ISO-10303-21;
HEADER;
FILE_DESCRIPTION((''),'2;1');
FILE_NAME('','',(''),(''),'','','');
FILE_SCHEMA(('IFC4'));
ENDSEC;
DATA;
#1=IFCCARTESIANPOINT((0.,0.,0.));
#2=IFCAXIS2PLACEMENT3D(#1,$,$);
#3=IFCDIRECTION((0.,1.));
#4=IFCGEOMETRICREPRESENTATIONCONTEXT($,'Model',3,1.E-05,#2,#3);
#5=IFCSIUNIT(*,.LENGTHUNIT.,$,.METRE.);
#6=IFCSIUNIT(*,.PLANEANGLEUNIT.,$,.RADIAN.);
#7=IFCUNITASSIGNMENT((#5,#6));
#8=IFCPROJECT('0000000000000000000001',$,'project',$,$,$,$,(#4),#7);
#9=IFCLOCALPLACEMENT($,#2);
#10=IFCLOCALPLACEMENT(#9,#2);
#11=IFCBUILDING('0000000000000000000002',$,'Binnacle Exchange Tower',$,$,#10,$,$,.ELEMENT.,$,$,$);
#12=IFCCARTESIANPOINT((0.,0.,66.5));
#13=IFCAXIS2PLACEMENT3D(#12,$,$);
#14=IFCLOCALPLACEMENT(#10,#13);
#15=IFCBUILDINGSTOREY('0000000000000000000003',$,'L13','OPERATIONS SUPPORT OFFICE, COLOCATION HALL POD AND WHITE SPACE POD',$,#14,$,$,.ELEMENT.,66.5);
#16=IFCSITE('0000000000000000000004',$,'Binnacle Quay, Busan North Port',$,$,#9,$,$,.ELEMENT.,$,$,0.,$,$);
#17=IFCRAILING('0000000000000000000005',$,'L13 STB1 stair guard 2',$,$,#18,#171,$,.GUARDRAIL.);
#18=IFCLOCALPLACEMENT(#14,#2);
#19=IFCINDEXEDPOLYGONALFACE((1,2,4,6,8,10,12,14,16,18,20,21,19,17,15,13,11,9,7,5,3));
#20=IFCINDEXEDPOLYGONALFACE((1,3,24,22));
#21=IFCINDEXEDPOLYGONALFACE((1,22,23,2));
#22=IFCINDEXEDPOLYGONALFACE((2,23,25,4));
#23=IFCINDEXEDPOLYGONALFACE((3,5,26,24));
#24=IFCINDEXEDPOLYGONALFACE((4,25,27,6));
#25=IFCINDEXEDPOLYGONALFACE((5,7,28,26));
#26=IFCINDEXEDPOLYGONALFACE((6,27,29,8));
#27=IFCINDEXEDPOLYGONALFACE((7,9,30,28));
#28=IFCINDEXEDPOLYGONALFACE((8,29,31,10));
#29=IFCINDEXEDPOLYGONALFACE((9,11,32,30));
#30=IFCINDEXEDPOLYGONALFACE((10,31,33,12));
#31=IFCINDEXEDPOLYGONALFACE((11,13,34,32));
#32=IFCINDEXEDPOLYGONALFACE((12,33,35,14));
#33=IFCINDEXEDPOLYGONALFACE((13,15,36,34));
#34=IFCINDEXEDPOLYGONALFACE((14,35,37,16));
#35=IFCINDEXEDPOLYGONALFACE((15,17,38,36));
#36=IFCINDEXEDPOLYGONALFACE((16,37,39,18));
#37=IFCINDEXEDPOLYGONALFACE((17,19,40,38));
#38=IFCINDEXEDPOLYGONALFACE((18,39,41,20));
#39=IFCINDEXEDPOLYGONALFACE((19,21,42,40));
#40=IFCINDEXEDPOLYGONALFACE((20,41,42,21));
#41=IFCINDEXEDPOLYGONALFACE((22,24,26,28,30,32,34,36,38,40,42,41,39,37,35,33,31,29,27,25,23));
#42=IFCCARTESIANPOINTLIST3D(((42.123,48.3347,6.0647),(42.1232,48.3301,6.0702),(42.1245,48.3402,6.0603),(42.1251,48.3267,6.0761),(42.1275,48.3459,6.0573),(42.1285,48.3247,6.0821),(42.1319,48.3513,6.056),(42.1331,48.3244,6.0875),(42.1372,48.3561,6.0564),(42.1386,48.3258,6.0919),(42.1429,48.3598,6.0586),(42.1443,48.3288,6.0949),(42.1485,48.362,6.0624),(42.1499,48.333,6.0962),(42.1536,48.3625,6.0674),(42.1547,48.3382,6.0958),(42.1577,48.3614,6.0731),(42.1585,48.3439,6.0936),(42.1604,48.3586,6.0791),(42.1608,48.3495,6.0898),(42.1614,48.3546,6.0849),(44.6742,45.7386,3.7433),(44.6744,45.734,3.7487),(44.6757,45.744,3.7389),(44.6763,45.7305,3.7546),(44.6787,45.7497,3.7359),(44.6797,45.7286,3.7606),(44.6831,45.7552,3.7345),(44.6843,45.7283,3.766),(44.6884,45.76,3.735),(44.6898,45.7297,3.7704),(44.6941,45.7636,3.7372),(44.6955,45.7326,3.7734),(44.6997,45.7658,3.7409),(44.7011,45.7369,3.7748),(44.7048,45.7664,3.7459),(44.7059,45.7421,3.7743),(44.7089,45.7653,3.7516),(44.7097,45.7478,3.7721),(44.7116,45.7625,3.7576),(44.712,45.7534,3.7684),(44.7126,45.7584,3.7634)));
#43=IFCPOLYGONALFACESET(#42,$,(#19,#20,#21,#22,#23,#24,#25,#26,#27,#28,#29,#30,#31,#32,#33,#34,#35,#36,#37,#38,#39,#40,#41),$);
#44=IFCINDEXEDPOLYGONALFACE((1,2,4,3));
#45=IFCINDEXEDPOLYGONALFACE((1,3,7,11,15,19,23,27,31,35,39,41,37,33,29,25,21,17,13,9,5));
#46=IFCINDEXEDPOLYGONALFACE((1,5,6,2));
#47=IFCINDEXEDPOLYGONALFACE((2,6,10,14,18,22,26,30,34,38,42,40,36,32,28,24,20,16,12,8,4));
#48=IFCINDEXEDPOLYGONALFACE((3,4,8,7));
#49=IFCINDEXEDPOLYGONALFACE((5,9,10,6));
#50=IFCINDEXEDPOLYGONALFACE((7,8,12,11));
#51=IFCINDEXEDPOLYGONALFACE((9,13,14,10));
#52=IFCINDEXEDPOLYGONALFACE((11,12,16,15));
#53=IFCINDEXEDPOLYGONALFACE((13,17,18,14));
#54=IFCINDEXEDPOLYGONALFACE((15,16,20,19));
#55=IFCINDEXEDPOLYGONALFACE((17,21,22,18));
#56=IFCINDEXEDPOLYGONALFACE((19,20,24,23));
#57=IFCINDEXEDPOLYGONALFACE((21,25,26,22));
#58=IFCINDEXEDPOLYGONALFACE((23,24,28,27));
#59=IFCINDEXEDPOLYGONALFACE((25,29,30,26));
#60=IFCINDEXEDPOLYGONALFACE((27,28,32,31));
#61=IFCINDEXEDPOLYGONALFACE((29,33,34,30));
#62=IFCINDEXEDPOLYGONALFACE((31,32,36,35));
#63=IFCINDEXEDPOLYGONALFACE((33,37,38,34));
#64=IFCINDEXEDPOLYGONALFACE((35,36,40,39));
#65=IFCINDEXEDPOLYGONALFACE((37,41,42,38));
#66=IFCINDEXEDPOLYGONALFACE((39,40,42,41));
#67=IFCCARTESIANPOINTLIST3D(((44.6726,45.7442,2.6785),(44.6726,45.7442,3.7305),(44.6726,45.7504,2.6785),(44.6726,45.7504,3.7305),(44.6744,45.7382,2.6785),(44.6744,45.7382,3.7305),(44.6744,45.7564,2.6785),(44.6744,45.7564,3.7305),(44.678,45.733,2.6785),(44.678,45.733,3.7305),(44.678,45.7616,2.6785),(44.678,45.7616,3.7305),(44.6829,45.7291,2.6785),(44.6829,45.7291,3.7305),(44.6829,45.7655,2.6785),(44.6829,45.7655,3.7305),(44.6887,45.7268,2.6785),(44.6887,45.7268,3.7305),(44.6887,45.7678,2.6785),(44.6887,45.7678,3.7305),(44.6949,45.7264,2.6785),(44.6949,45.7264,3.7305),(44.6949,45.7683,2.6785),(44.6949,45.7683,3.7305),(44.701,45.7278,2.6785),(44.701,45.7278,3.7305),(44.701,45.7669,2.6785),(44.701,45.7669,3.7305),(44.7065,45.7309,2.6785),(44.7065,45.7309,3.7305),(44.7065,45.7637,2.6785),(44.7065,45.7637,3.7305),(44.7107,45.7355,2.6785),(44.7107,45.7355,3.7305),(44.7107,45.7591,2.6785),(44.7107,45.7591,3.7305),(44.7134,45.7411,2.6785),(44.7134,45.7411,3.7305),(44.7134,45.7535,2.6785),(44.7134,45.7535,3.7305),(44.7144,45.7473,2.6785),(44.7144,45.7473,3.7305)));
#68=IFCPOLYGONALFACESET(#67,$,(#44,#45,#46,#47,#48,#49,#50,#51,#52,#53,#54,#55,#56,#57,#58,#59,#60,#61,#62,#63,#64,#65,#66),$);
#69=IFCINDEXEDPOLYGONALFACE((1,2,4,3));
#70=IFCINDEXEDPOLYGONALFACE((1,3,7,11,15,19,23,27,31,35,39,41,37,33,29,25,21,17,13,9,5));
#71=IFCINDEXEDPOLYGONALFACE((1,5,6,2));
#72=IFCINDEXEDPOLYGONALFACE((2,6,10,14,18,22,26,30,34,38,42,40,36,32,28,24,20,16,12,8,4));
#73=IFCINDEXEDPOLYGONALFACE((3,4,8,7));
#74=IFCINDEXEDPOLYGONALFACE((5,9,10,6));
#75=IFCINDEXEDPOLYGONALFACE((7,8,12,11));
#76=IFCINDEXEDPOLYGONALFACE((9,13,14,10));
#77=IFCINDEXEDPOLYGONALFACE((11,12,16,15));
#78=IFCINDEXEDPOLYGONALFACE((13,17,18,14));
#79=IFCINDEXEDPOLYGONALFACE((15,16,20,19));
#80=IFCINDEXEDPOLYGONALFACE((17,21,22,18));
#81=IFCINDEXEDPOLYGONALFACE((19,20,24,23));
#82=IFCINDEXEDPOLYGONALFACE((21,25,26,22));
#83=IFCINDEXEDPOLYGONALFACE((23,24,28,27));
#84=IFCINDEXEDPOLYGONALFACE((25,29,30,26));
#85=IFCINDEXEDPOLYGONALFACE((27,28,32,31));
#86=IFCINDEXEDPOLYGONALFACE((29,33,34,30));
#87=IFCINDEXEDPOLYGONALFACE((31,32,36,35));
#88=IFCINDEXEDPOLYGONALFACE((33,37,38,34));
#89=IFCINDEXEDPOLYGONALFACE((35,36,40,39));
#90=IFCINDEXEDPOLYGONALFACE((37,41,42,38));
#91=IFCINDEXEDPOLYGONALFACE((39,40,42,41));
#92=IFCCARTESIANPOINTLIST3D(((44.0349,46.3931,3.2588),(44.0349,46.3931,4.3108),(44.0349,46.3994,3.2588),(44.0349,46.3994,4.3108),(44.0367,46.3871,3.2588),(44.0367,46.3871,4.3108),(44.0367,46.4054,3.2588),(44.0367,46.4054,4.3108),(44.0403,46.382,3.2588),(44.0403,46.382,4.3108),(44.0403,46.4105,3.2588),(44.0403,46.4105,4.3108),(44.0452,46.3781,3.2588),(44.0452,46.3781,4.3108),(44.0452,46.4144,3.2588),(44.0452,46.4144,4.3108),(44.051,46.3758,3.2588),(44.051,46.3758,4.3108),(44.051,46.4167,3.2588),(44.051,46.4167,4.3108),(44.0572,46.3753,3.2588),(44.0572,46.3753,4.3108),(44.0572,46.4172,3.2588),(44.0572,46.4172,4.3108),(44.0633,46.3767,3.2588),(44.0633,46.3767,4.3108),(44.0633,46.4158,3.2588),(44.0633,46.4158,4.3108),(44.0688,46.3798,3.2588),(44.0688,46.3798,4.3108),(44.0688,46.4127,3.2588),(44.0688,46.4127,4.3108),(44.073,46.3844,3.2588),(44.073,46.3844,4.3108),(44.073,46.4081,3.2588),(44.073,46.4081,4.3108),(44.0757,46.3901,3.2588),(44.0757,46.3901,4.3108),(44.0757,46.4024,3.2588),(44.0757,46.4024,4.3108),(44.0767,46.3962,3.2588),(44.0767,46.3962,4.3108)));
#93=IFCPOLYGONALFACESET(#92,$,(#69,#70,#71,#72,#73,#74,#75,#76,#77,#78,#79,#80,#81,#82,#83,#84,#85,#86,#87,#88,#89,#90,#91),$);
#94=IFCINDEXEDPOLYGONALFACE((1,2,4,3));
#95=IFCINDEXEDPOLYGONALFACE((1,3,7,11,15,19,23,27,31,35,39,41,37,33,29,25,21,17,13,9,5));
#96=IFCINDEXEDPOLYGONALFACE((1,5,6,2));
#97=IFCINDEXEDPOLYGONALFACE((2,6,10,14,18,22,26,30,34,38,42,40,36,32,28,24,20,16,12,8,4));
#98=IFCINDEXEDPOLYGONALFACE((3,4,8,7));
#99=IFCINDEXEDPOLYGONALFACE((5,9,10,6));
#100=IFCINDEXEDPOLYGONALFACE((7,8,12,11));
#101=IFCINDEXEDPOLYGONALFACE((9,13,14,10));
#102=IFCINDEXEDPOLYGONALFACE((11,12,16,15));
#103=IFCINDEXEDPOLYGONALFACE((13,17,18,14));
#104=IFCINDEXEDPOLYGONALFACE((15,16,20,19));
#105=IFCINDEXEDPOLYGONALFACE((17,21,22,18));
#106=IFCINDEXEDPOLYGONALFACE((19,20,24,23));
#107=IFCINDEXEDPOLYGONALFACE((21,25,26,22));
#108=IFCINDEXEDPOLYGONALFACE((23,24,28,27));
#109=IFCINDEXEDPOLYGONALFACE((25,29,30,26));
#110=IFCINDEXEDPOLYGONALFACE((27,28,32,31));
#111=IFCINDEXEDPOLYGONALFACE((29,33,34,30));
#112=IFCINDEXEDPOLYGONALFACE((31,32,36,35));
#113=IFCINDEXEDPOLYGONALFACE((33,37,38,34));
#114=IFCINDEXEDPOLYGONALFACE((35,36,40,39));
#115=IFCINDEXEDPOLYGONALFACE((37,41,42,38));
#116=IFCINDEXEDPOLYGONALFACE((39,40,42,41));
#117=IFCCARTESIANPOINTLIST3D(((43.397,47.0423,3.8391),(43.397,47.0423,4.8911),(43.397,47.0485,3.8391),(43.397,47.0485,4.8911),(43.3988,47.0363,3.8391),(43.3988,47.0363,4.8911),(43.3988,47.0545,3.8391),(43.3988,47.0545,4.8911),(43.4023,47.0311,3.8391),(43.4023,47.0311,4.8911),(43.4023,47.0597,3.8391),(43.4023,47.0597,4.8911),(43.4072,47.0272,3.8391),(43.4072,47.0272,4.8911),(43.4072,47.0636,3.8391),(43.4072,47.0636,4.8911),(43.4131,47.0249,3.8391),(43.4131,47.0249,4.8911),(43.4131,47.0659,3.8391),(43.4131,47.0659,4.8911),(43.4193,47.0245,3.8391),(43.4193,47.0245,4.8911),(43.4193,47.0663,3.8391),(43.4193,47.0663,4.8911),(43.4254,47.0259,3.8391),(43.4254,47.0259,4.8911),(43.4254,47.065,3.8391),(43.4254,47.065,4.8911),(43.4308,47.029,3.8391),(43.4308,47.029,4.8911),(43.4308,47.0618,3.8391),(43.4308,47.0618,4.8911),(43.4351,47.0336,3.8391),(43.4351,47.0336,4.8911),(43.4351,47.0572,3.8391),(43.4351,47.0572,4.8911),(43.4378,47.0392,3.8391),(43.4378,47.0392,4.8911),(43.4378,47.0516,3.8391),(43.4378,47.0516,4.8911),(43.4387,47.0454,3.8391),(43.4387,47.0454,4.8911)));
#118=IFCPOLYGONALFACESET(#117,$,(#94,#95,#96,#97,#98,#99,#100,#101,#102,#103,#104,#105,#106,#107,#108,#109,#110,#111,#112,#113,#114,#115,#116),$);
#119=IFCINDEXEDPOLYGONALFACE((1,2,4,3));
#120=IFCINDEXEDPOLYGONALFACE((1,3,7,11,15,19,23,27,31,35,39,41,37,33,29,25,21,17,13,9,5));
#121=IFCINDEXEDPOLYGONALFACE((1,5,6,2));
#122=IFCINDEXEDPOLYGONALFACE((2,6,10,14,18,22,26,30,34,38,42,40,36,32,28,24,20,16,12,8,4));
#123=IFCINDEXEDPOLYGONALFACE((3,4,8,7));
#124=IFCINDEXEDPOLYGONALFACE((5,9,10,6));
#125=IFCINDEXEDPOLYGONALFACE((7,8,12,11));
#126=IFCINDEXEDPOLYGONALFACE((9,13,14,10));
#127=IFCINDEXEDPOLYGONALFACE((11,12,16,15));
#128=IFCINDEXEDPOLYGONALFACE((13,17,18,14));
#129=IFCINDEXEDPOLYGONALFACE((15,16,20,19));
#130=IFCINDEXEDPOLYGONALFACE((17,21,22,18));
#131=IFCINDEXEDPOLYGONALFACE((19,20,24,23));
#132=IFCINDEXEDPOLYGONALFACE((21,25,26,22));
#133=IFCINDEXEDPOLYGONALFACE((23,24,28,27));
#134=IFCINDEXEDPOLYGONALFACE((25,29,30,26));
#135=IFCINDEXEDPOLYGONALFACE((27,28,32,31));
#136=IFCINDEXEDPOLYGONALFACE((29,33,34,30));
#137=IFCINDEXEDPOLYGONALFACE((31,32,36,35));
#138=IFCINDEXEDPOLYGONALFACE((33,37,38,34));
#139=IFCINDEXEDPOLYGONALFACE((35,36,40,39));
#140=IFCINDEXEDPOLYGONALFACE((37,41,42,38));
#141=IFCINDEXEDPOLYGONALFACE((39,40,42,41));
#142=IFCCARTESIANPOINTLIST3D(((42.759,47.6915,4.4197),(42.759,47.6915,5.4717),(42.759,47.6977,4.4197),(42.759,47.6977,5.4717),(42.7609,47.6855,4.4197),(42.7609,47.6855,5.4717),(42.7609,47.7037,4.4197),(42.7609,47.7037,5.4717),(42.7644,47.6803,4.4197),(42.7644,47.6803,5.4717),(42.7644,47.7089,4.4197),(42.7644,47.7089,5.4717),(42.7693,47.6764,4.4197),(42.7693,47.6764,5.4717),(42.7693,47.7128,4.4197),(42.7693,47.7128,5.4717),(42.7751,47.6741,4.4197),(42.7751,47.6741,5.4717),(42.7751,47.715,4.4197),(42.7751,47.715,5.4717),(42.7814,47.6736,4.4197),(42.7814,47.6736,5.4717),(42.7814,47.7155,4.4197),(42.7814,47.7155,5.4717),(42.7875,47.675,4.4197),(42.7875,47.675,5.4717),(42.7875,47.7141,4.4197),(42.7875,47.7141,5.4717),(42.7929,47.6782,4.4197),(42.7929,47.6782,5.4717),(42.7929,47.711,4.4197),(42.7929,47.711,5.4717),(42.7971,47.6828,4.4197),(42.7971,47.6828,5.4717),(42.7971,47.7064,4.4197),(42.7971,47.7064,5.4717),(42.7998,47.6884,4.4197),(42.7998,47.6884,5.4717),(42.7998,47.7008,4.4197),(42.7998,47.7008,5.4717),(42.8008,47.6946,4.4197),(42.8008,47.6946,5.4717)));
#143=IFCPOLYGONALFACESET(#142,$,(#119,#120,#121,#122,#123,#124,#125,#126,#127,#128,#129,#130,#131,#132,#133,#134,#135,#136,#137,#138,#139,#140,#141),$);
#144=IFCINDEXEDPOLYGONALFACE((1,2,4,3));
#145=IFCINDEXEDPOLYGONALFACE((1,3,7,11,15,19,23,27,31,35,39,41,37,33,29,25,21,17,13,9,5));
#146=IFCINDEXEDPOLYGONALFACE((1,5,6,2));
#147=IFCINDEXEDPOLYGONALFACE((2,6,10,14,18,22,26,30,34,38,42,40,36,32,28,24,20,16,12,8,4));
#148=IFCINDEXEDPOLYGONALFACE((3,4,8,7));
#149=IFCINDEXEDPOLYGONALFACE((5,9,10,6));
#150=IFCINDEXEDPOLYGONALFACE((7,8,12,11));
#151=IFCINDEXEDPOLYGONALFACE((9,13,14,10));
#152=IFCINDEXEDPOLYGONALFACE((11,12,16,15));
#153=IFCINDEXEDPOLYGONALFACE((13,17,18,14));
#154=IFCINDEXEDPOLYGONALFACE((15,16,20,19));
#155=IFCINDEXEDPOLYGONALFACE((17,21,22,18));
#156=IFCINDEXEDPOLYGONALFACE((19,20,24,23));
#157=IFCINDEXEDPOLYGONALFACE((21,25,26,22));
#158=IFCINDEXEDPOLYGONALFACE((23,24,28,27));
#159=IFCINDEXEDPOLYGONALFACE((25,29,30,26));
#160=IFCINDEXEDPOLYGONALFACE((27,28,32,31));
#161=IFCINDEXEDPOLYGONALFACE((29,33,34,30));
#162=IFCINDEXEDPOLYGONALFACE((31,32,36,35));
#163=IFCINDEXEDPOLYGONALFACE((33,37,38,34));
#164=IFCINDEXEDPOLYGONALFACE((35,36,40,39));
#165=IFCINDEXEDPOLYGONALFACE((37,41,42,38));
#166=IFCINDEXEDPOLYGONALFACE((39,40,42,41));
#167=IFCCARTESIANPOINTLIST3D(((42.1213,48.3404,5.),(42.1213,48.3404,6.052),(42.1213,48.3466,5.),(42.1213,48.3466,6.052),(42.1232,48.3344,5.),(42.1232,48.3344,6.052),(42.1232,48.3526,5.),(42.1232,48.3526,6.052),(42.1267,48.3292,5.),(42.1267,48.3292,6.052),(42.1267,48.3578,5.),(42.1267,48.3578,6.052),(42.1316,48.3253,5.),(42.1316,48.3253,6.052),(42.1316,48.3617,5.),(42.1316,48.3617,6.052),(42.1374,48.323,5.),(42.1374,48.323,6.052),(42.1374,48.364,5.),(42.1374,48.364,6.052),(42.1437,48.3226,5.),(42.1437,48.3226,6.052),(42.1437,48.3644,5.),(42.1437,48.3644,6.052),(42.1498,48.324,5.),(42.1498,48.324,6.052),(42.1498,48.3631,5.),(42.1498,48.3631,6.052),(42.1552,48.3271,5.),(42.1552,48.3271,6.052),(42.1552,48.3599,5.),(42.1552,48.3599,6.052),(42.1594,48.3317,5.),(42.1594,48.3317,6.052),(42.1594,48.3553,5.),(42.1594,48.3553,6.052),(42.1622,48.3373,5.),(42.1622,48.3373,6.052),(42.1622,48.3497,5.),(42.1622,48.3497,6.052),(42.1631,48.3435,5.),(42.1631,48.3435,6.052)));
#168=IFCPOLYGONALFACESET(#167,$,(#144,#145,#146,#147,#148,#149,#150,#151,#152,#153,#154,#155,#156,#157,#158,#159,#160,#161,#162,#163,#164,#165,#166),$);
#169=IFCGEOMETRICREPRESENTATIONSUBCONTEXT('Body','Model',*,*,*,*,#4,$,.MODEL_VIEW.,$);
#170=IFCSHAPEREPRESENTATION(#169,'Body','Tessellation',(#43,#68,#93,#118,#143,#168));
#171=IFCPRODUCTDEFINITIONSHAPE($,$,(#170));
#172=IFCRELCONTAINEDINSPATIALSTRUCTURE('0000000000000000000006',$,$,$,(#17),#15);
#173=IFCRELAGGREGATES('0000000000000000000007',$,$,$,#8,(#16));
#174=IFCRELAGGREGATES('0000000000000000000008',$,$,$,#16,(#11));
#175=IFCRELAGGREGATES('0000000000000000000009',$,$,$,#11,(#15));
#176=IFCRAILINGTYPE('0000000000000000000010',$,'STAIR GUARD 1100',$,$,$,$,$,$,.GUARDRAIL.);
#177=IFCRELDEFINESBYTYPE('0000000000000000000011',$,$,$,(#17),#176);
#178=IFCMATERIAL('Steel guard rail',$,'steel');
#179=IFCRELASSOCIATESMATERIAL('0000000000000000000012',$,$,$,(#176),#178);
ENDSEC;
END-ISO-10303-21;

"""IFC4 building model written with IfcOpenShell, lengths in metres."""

from ifc_helpers import new_model, si_unit, direction, frame, origin, origin_2d, place, context, subcontext, project, spatial, circle, extrude, material, type_object, element, save


model = new_model("IFC4")

# Units and contexts
model_context = context("Model", 3, precision=1e-05, world=origin(), true_north=direction((0.0, 1.0)))
body_context = subcontext(model_context, "Body", "Model", "MODEL_VIEW")
ifc_project = project(units=[si_unit("LENGTHUNIT", "METRE"), si_unit("PLANEANGLEUNIT", "RADIAN")], contexts=[model_context])

# Site, building, storey
site_placement = place(None, origin())
site = spatial("IfcSite", under=ifc_project, at=site_placement, Name="Binnacle Quay, Busan North Port", CompositionType="ELEMENT", RefElevation=0.0)
building_placement = place(site_placement, origin())
building = spatial("IfcBuilding", under=site, at=building_placement, Name="Binnacle Exchange Tower", CompositionType="ELEMENT")
storey_placement = place(building_placement, frame((0.0, 0.0, 66.5)))
storey = spatial("IfcBuildingStorey", under=building, at=storey_placement, Name="L13", Description="OPERATIONS SUPPORT OFFICE, COLOCATION HALL POD AND WHITE SPACE POD", CompositionType="ELEMENT", Elevation=66.5)

# Railing
ifc_material_1 = material(Name="Steel guard rail", Category="steel")
railing_type = type_object("IfcRailingType", Name="STAIR GUARD 1100", PredefinedType="GUARDRAIL", material=ifc_material_1)
railing_placement = place(storey_placement, frame((44.6934, 45.7473, 2.6785)))
element("IfcRailing", 1, at=railing_placement, inside=storey, type_object=railing_type, Name="L13 STB1 stair guard 2", PredefinedType="GUARDRAIL", context=body_context, shape_type="SweptSolid", body=[
    extrude(circle(Radius=0.0239, at=origin_2d()), frame((0.0, 0.0, 1.0762), z_axis=(-0.590947, 0.601352, 0.537733), x_axis=(-0.713251, -0.700909, 0.0)), (0.0, 0.0, 1.0), 4.3171),
    extrude(circle(Radius=0.021, at=origin_2d()), origin(), (0.0, 0.0, 1.0), 1.052),
    extrude(circle(Radius=0.021, at=origin_2d()), frame((-0.6377, 0.6489, 0.5803)), (0.0, 0.0, 1.0), 1.052),
    extrude(circle(Radius=0.021, at=origin_2d()), frame((-1.2756, 1.2981, 1.1606)), (0.0, 0.0, 1.0), 1.052),
    extrude(circle(Radius=0.021, at=origin_2d()), frame((-1.9136, 1.9473, 1.7412)), (0.0, 0.0, 1.0), 1.052),
    extrude(circle(Radius=0.021, at=origin_2d()), frame((-2.5513, 2.5962, 2.3215)), (0.0, 0.0, 1.0), 1.052),
])

save(model, "model.ifc")
